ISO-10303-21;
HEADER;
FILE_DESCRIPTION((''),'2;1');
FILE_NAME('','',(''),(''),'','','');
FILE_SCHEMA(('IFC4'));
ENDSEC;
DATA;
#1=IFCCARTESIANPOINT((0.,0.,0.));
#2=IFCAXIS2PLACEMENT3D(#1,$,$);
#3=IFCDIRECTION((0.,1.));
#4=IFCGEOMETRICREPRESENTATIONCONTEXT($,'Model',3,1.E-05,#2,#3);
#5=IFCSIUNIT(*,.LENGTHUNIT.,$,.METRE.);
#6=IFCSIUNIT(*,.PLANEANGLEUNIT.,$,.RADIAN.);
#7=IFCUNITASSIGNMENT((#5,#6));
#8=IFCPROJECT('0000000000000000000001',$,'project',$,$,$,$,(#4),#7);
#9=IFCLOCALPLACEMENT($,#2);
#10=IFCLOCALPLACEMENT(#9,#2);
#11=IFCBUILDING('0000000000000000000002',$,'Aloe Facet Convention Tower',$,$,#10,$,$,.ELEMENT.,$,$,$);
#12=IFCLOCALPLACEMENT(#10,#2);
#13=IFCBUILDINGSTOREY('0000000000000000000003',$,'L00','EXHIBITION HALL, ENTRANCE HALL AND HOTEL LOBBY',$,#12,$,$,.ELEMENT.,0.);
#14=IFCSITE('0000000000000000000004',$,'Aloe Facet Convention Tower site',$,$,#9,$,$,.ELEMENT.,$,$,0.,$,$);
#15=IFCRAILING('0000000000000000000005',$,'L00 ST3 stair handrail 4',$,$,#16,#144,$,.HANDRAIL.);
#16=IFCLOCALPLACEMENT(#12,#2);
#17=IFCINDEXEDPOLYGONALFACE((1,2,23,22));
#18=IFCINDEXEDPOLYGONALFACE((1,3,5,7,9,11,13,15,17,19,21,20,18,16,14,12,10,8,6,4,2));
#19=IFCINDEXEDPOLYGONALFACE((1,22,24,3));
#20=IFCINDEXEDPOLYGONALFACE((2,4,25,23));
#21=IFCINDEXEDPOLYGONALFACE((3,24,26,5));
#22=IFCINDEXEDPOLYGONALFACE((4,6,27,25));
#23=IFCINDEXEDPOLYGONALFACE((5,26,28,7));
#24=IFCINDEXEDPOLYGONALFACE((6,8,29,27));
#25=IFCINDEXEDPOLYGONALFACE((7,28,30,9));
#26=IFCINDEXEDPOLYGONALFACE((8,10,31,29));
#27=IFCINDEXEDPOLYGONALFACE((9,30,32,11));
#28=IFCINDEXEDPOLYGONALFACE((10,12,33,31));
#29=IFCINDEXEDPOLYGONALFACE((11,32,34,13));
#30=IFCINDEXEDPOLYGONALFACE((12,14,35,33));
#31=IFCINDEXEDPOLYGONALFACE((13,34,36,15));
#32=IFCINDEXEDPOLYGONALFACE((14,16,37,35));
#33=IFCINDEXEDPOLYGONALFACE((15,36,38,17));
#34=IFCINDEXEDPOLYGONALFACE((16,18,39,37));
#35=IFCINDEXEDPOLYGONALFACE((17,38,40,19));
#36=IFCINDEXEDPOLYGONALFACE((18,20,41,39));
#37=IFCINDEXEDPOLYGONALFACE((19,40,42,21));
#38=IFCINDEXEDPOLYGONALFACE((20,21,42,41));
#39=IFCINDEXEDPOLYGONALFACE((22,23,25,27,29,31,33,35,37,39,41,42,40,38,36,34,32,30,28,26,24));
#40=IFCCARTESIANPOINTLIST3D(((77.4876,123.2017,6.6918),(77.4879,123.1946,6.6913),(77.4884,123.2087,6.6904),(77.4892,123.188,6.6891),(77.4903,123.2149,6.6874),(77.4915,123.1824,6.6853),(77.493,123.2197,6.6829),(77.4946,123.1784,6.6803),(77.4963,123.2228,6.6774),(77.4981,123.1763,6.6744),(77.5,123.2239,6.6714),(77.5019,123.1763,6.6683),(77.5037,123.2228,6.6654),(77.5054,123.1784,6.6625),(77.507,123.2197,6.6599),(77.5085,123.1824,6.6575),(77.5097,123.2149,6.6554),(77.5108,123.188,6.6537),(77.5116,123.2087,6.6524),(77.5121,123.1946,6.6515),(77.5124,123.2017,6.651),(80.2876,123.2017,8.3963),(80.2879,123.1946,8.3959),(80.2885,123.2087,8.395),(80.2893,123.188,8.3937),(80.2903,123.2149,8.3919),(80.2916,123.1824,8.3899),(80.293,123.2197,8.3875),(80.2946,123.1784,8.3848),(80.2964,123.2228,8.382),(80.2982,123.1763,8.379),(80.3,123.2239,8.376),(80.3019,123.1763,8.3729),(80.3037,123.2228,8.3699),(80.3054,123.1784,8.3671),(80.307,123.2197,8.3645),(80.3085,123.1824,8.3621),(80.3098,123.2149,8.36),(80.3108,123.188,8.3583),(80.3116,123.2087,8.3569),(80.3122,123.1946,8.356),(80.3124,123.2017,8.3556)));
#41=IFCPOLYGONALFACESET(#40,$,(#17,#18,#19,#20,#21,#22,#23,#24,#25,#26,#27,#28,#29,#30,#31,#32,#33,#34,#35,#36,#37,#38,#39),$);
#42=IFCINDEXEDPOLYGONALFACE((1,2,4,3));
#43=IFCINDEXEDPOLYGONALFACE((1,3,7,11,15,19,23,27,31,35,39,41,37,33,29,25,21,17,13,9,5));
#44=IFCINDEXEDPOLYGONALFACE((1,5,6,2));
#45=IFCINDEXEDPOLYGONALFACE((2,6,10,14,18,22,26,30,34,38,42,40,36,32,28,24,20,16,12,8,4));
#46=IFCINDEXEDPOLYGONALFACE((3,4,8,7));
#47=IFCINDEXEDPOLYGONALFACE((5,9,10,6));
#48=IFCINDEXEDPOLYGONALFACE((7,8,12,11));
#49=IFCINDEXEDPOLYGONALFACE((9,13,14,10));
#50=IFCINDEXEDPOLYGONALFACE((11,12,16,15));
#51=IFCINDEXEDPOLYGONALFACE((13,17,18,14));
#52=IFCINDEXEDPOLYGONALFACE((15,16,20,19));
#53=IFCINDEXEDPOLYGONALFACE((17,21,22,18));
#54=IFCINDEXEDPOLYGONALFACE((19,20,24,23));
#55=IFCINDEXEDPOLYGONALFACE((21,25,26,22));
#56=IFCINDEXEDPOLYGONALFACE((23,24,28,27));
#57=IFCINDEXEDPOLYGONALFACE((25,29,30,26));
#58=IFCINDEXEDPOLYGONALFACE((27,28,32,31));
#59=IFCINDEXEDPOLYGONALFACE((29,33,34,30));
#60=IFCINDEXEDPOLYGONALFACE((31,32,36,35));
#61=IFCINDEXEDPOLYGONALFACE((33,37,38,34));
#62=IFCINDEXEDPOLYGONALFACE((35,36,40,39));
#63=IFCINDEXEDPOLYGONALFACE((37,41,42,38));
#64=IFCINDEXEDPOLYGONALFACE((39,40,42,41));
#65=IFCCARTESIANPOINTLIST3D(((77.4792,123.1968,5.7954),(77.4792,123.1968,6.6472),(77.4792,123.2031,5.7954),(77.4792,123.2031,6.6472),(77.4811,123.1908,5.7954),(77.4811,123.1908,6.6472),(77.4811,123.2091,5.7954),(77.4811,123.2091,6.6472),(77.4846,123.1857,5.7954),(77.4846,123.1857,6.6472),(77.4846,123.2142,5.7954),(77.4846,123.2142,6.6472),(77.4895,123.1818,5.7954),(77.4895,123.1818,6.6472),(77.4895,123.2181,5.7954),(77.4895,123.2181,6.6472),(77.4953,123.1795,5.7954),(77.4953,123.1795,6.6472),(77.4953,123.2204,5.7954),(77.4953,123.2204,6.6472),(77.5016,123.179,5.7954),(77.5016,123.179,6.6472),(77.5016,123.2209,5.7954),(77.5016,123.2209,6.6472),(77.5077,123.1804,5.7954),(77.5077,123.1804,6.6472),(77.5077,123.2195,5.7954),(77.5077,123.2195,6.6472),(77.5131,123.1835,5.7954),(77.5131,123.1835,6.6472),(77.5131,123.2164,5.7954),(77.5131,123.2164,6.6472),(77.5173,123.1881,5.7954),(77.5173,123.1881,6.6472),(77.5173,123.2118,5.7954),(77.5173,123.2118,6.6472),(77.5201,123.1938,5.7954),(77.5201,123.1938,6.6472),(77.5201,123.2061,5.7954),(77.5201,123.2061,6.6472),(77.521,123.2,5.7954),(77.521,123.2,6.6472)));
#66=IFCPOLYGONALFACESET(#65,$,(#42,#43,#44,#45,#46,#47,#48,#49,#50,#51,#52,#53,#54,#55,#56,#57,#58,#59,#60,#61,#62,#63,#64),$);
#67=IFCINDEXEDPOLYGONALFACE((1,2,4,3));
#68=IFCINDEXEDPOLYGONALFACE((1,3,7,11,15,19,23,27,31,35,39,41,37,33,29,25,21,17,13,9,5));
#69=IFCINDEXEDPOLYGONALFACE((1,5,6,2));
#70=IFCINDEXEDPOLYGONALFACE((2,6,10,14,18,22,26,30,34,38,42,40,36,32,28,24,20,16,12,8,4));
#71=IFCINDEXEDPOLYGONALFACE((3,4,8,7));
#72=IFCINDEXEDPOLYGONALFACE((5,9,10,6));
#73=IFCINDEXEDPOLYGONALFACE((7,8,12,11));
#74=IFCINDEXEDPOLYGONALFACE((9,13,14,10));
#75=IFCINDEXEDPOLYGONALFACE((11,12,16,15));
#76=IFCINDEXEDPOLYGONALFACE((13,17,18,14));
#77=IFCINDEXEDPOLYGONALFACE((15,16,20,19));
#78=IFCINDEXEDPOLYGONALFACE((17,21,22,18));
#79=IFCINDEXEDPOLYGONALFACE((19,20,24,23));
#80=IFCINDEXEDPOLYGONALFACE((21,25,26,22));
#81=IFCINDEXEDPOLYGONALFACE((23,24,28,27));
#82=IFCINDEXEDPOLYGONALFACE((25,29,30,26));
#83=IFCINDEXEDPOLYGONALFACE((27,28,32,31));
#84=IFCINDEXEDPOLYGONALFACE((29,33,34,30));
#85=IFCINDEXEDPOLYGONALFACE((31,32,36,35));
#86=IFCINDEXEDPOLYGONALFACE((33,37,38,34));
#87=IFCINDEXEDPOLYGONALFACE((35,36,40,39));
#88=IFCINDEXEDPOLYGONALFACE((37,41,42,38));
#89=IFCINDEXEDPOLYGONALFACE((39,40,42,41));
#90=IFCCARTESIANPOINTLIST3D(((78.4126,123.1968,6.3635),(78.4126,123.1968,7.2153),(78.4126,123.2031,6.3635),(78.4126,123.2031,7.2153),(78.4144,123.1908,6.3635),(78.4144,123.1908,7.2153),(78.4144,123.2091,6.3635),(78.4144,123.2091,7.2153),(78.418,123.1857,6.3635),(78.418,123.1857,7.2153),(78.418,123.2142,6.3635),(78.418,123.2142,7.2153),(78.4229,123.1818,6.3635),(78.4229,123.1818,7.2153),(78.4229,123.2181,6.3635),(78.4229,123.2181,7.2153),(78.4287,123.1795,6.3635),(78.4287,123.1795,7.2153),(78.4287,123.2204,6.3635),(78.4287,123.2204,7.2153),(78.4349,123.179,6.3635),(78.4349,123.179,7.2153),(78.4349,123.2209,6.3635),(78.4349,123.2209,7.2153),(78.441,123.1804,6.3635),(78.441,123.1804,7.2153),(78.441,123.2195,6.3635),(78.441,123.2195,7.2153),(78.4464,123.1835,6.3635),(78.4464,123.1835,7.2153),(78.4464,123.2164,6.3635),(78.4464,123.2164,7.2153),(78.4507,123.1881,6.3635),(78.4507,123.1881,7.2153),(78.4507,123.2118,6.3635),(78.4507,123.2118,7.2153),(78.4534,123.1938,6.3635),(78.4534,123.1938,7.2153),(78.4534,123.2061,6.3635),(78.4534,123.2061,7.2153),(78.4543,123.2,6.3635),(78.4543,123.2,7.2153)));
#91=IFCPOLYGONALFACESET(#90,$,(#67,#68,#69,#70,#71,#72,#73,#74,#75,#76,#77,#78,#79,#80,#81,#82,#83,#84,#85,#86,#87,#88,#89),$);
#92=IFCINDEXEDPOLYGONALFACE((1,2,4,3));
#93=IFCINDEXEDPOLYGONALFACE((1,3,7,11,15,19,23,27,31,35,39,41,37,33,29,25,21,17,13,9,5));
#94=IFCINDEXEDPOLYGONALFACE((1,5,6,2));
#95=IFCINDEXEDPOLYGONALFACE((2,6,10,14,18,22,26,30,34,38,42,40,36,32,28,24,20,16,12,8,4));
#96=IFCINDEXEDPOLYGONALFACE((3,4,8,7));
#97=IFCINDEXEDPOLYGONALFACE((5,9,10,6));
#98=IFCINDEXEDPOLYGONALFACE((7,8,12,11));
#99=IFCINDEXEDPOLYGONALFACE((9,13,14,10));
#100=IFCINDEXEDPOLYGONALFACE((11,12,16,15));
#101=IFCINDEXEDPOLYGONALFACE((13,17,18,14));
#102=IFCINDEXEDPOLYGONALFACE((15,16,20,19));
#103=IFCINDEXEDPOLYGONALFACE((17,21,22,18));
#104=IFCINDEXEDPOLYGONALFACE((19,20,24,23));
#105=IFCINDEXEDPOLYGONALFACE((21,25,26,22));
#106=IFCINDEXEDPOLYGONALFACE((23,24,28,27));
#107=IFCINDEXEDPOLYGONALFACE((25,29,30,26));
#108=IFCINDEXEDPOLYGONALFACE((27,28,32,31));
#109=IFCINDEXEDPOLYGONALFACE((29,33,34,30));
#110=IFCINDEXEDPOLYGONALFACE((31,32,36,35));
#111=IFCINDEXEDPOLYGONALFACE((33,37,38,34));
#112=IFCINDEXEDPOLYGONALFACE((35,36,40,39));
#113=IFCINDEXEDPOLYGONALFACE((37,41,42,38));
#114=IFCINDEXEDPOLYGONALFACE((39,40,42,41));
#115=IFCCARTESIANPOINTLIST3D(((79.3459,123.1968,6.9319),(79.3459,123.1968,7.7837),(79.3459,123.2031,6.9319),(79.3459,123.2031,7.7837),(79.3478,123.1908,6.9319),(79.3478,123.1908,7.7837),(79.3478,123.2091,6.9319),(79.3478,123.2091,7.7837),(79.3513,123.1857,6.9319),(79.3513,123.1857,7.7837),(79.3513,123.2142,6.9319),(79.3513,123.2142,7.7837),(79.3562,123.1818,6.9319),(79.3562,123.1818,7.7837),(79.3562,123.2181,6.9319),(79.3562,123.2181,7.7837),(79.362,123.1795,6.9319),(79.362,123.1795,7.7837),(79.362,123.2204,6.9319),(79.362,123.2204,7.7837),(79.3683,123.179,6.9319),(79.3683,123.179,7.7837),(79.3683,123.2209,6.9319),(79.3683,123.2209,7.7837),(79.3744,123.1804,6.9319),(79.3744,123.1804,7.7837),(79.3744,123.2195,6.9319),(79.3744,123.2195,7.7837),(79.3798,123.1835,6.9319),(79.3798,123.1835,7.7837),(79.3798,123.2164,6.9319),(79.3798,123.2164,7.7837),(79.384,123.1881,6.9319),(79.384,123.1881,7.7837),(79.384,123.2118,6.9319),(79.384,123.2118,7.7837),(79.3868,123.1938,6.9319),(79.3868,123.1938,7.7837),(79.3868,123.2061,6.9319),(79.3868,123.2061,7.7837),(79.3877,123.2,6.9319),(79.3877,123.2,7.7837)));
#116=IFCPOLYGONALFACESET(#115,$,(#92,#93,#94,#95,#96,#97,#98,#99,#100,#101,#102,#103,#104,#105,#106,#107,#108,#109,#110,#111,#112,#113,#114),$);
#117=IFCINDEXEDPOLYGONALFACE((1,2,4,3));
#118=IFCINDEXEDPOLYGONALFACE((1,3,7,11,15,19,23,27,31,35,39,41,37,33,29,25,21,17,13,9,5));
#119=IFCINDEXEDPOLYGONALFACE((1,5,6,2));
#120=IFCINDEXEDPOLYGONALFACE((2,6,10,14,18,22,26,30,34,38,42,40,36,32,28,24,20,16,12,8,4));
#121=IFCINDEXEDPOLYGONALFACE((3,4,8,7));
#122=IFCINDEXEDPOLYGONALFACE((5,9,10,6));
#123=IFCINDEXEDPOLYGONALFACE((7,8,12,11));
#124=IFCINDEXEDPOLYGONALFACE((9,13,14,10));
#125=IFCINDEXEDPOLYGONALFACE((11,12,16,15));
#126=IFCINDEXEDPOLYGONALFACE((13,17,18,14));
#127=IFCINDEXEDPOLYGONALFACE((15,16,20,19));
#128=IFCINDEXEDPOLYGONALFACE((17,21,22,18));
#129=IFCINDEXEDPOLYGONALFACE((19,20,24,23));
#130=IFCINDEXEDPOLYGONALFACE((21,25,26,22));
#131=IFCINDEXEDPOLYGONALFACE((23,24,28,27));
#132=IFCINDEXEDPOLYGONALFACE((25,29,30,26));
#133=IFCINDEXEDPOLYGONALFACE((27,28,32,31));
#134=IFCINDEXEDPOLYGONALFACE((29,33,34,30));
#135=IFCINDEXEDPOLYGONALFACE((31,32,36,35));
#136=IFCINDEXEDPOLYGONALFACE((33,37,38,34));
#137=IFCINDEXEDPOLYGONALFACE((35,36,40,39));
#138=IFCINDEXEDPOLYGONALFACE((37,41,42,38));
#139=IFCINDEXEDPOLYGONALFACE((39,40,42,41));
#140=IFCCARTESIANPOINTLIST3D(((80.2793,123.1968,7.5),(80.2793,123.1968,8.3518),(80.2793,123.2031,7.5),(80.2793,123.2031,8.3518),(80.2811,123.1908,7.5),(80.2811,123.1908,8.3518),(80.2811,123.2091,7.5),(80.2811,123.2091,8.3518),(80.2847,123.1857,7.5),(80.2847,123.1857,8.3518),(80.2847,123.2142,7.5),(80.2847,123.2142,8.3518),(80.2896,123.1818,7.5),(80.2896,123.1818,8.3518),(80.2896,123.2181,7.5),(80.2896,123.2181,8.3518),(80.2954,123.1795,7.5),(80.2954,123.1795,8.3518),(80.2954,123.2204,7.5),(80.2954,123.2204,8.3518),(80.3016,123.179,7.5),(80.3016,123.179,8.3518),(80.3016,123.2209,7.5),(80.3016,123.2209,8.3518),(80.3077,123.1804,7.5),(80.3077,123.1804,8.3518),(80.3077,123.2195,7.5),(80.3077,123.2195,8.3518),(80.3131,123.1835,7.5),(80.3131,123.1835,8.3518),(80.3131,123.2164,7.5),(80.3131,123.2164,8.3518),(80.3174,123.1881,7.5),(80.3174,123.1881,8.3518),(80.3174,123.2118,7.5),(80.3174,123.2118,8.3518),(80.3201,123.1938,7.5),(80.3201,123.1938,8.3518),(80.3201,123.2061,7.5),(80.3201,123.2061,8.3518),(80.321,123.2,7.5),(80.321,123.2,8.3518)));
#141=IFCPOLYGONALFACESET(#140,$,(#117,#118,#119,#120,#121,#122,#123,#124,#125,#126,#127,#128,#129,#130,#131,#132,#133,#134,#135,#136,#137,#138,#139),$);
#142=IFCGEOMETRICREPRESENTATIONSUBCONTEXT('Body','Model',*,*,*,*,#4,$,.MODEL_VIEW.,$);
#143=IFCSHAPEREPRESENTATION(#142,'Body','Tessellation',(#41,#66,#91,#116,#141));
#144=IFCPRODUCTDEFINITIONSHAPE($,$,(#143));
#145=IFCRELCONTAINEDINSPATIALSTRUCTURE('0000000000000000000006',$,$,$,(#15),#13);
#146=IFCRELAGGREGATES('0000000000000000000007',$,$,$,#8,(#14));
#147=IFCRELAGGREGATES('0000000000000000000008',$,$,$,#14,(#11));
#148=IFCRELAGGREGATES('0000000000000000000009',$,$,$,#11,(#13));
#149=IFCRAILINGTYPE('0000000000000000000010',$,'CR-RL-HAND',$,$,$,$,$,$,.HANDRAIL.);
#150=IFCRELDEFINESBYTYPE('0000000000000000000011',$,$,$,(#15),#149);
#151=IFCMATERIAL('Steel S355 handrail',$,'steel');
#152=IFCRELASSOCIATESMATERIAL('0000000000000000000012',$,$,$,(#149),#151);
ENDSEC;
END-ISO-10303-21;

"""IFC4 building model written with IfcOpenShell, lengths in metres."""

from ifc_helpers import new_model, si_unit, direction, frame, origin, origin_2d, place, context, subcontext, project, spatial, circle, extrude, material, type_object, element, save


model = new_model("IFC4")

# Units and contexts
model_context = context("Model", 3, precision=1e-05, world=origin(), true_north=direction((0.0, 1.0)))
body_context = subcontext(model_context, "Body", "Model", "MODEL_VIEW")
ifc_project = project(units=[si_unit("LENGTHUNIT", "METRE"), si_unit("PLANEANGLEUNIT", "RADIAN")], contexts=[model_context])

# Site, building, storey
site_placement = place(None, origin())
site = spatial("IfcSite", under=ifc_project, at=site_placement, Name="Aloe Facet Convention Tower site", CompositionType="ELEMENT", RefElevation=0.0)
building_placement = place(site_placement, origin())
building = spatial("IfcBuilding", under=site, at=building_placement, Name="Aloe Facet Convention Tower", CompositionType="ELEMENT")
storey_placement = place(building_placement, origin())
storey = spatial("IfcBuildingStorey", under=building, at=storey_placement, Name="L00", Description="EXHIBITION HALL, ENTRANCE HALL AND HOTEL LOBBY", CompositionType="ELEMENT", Elevation=0.0)

# Railing
ifc_material_1 = material(Name="Steel S355 handrail", Category="steel")
railing_type_1 = type_object("IfcRailingType", Name="CR-RL-HAND", PredefinedType="HANDRAIL", material=ifc_material_1)
for number, where, name in (
    (1, (77.5, 123.2, 5.7954), "L00 ST3 stair handrail 4"),
):
    element("IfcRailing", number, at=place(storey_placement, frame(where)), inside=storey, type_object=railing_type_1, Name=name, PredefinedType="HANDRAIL", context=body_context, shape_type="SweptSolid", body=[
        extrude(circle(Radius=0.0239, at=origin_2d()), frame((0.0, 0.0, 0.876), z_axis=(0.85417, 0.0, 0.519994), x_axis=(0.0, 1.0, 0.0)), (0.0, 0.0, 1.0), 3.2781),
        extrude(circle(Radius=0.021, at=origin_2d()), origin(), (0.0, 0.0, 1.0), 0.8518),
        extrude(circle(Radius=0.021, at=origin_2d()), frame((0.9333, 0.0, 0.5681)), (0.0, 0.0, 1.0), 0.8518),
        extrude(circle(Radius=0.021, at=origin_2d()), frame((1.8667, 0.0, 1.1365)), (0.0, 0.0, 1.0), 0.8518),
        extrude(circle(Radius=0.021, at=origin_2d()), frame((2.8, 0.0, 1.7046)), (0.0, 0.0, 1.0), 0.8518),
    ])

save(model, "model.ifc")
